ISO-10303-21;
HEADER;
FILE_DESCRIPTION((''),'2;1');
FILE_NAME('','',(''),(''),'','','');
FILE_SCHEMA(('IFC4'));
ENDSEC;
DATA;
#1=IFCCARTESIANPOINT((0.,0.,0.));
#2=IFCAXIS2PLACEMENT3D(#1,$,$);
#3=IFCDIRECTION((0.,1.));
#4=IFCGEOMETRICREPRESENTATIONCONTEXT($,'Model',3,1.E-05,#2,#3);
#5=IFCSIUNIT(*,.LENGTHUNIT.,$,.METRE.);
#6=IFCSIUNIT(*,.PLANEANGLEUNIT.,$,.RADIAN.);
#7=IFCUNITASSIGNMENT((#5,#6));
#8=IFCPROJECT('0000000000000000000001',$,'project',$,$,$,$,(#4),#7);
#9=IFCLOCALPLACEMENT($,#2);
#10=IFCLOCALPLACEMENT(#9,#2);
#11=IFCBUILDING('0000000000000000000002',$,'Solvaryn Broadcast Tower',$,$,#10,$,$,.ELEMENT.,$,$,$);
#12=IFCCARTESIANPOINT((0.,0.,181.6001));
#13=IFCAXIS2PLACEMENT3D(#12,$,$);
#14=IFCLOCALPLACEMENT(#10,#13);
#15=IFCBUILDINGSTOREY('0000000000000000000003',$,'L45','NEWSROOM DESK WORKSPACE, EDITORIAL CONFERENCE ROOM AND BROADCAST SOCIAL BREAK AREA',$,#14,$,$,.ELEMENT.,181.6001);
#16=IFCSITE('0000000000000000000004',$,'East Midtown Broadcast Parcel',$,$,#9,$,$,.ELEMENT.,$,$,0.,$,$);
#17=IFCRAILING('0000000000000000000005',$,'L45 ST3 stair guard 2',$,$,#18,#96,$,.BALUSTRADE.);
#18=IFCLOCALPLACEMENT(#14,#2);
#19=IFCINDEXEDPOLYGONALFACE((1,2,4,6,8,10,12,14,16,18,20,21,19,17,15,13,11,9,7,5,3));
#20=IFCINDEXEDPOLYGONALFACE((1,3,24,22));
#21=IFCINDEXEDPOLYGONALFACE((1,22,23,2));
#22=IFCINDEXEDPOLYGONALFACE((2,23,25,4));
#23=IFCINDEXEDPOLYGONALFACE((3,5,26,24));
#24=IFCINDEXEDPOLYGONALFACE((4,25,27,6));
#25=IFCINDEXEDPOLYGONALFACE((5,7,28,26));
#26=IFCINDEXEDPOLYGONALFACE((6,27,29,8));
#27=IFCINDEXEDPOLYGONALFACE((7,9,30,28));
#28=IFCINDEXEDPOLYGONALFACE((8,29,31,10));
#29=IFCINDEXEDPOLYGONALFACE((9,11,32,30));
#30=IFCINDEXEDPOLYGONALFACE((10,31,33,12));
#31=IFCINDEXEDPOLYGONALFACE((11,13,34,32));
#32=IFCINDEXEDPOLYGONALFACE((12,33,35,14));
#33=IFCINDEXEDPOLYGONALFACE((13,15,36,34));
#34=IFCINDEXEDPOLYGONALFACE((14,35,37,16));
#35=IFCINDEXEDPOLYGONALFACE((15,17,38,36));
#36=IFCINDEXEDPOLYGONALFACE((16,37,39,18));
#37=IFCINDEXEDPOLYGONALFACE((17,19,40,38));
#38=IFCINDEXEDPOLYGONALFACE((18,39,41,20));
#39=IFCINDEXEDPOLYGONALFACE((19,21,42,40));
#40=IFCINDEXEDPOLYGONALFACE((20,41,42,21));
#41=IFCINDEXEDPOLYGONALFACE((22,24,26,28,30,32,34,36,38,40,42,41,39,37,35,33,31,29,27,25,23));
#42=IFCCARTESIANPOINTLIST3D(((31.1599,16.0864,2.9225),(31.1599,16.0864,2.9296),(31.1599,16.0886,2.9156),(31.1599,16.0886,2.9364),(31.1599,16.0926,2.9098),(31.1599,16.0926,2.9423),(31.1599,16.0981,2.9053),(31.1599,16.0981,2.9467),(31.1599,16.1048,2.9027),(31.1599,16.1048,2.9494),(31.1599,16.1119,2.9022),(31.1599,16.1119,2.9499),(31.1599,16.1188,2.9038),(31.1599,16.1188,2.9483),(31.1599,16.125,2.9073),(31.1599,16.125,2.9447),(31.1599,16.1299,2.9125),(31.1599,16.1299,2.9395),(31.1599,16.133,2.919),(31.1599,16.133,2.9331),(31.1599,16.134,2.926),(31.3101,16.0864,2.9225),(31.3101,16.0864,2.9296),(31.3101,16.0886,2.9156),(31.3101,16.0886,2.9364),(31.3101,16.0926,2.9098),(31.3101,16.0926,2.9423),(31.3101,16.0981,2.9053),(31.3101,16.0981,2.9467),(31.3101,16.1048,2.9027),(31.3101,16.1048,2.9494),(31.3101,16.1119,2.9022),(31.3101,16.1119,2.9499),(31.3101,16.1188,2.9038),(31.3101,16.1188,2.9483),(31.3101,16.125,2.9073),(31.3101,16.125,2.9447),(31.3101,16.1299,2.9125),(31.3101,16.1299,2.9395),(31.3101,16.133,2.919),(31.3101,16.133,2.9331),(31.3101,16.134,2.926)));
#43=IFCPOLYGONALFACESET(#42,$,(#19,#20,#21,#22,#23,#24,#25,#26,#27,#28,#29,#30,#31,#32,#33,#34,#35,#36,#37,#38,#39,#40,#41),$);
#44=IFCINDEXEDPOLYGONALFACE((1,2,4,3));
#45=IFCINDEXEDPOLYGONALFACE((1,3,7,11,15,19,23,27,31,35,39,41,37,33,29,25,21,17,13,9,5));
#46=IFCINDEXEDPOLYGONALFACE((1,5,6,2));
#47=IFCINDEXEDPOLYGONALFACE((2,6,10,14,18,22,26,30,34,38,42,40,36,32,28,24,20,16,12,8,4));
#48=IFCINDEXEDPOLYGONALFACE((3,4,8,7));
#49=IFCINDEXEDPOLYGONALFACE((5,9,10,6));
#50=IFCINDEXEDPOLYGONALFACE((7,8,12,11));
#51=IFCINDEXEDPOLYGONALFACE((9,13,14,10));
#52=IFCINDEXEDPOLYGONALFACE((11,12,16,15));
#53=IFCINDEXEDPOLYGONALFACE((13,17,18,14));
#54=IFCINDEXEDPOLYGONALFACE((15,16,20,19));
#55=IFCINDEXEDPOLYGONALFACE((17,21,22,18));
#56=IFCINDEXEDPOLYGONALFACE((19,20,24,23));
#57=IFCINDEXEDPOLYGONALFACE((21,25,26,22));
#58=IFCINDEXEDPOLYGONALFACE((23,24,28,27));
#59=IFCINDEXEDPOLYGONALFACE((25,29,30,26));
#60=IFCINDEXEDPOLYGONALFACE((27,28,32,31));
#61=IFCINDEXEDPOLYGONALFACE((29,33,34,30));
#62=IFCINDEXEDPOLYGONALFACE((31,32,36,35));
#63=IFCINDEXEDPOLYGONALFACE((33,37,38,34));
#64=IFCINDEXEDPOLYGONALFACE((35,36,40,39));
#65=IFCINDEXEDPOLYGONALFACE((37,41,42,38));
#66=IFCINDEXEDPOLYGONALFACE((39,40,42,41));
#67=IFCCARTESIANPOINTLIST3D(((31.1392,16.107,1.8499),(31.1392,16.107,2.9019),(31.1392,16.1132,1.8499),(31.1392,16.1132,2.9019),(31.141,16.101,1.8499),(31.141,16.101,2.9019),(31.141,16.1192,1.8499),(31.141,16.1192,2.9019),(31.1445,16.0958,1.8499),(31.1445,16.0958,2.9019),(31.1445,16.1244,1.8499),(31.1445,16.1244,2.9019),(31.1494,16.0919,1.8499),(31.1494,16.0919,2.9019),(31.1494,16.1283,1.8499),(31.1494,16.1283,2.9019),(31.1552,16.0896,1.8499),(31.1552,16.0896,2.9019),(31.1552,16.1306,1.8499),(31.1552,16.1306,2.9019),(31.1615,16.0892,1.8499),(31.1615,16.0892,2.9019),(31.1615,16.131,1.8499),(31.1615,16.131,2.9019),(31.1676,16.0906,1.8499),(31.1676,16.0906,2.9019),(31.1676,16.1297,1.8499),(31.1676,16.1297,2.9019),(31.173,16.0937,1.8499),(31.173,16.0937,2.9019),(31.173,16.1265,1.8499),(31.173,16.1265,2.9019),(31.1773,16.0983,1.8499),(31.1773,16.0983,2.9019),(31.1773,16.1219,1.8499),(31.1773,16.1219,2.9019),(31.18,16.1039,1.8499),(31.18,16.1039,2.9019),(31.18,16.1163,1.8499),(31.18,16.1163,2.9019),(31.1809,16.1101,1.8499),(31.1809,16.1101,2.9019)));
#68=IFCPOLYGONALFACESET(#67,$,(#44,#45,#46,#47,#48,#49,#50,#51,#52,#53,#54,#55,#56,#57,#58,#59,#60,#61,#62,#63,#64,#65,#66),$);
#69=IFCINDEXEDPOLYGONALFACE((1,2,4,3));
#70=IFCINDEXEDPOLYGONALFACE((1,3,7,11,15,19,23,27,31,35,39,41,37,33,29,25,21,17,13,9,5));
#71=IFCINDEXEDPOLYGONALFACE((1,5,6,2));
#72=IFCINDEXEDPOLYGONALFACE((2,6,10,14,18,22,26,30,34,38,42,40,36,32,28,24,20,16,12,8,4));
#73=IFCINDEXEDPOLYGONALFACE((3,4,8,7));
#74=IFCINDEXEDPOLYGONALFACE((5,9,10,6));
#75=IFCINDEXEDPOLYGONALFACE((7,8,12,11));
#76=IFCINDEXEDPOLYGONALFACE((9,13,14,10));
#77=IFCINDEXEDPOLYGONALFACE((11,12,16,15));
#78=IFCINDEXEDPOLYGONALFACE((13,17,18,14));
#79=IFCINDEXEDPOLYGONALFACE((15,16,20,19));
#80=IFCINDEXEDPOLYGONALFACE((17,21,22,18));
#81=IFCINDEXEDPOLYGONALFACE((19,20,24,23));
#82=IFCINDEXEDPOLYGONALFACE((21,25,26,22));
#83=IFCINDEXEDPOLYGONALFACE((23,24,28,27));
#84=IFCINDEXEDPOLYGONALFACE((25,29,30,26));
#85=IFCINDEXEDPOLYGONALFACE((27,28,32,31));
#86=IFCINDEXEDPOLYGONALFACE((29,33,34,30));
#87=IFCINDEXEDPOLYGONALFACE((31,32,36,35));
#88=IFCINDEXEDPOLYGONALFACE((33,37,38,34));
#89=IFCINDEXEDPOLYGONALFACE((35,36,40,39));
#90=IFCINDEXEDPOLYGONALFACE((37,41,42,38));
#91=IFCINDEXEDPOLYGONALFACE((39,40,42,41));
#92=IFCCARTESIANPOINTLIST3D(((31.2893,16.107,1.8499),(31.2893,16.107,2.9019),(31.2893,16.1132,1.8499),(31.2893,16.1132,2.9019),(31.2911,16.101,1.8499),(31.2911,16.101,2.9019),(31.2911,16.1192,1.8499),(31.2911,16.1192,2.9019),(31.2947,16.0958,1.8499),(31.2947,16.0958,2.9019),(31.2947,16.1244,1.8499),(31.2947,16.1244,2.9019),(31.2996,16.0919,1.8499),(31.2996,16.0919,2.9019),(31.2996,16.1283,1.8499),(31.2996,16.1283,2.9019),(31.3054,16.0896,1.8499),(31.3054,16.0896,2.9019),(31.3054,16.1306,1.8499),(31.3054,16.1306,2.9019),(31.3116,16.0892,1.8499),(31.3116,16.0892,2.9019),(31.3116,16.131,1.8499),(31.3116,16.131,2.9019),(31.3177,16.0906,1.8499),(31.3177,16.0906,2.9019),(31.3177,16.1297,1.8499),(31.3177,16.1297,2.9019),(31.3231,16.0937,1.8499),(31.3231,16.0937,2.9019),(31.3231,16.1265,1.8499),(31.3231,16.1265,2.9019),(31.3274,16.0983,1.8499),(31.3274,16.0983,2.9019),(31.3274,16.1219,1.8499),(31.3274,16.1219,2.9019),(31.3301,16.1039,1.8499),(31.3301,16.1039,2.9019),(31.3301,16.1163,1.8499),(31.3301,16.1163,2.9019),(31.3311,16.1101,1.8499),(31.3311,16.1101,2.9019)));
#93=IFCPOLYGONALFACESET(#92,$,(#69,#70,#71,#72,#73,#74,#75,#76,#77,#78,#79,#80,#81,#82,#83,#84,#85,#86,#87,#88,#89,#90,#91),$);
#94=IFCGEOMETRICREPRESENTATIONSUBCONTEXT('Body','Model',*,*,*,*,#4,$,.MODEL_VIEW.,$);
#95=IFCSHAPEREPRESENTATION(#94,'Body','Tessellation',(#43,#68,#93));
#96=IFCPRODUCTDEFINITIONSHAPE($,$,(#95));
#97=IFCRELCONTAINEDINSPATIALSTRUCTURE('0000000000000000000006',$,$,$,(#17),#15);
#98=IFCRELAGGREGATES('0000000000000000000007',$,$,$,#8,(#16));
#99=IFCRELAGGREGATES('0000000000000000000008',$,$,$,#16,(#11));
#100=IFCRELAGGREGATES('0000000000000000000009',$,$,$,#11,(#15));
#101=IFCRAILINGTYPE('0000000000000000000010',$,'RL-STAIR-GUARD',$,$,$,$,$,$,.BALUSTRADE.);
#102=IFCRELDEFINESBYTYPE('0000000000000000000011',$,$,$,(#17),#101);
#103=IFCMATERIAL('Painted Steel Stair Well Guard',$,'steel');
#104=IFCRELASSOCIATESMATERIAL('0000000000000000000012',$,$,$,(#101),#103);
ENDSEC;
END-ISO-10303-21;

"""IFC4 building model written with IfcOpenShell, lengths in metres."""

from ifc_helpers import new_model, si_unit, direction, frame, origin, origin_2d, place, context, subcontext, project, spatial, circle, extrude, material, type_object, element, save


model = new_model("IFC4")

# Units and contexts
model_context = context("Model", 3, precision=1e-05, world=origin(), true_north=direction((0.0, 1.0)))
body_context = subcontext(model_context, "Body", "Model", "MODEL_VIEW")
ifc_project = project(units=[si_unit("LENGTHUNIT", "METRE"), si_unit("PLANEANGLEUNIT", "RADIAN")], contexts=[model_context])

# Site, building, storey
site_placement = place(None, origin())
site = spatial("IfcSite", under=ifc_project, at=site_placement, Name="East Midtown Broadcast Parcel", CompositionType="ELEMENT", RefElevation=0.0)
building_placement = place(site_placement, origin())
building = spatial("IfcBuilding", under=site, at=building_placement, Name="Solvaryn Broadcast Tower", CompositionType="ELEMENT")
storey_placement = place(building_placement, frame((0.0, 0.0, 181.6001)))
storey = spatial("IfcBuildingStorey", under=building, at=storey_placement, Name="L45", Description="NEWSROOM DESK WORKSPACE, EDITORIAL CONFERENCE ROOM AND BROADCAST SOCIAL BREAK AREA", CompositionType="ELEMENT", Elevation=181.6001)

# Railing
ifc_material_1 = material(Name="Painted Steel Stair Well Guard", Category="steel")
railing_type_1 = type_object("IfcRailingType", Name="RL-STAIR-GUARD", PredefinedType="BALUSTRADE", material=ifc_material_1)
railing_1_placement = place(storey_placement, frame((31.1599, 16.1101, 1.8499)))
element("IfcRailing", 1, at=railing_1_placement, inside=storey, type_object=railing_type_1, Name="L45 ST3 stair guard 2", PredefinedType="BALUSTRADE", context=body_context, shape_type="SweptSolid", body=[
    extrude(circle(Radius=0.0239, at=origin_2d()), frame((0.0, 0.0, 1.0762), z_axis=(1.0, 0.0, 0.0), x_axis=(0.0, 1.0, 0.0)), (0.0, 0.0, 1.0), 0.1501),
    extrude(circle(Radius=0.021, at=origin_2d()), origin(), (0.0, 0.0, 1.0), 1.052),
    extrude(circle(Radius=0.021, at=origin_2d()), frame((0.1501, 0.0, 0.0)), (0.0, 0.0, 1.0), 1.052),
])

save(model, "model.ifc")
